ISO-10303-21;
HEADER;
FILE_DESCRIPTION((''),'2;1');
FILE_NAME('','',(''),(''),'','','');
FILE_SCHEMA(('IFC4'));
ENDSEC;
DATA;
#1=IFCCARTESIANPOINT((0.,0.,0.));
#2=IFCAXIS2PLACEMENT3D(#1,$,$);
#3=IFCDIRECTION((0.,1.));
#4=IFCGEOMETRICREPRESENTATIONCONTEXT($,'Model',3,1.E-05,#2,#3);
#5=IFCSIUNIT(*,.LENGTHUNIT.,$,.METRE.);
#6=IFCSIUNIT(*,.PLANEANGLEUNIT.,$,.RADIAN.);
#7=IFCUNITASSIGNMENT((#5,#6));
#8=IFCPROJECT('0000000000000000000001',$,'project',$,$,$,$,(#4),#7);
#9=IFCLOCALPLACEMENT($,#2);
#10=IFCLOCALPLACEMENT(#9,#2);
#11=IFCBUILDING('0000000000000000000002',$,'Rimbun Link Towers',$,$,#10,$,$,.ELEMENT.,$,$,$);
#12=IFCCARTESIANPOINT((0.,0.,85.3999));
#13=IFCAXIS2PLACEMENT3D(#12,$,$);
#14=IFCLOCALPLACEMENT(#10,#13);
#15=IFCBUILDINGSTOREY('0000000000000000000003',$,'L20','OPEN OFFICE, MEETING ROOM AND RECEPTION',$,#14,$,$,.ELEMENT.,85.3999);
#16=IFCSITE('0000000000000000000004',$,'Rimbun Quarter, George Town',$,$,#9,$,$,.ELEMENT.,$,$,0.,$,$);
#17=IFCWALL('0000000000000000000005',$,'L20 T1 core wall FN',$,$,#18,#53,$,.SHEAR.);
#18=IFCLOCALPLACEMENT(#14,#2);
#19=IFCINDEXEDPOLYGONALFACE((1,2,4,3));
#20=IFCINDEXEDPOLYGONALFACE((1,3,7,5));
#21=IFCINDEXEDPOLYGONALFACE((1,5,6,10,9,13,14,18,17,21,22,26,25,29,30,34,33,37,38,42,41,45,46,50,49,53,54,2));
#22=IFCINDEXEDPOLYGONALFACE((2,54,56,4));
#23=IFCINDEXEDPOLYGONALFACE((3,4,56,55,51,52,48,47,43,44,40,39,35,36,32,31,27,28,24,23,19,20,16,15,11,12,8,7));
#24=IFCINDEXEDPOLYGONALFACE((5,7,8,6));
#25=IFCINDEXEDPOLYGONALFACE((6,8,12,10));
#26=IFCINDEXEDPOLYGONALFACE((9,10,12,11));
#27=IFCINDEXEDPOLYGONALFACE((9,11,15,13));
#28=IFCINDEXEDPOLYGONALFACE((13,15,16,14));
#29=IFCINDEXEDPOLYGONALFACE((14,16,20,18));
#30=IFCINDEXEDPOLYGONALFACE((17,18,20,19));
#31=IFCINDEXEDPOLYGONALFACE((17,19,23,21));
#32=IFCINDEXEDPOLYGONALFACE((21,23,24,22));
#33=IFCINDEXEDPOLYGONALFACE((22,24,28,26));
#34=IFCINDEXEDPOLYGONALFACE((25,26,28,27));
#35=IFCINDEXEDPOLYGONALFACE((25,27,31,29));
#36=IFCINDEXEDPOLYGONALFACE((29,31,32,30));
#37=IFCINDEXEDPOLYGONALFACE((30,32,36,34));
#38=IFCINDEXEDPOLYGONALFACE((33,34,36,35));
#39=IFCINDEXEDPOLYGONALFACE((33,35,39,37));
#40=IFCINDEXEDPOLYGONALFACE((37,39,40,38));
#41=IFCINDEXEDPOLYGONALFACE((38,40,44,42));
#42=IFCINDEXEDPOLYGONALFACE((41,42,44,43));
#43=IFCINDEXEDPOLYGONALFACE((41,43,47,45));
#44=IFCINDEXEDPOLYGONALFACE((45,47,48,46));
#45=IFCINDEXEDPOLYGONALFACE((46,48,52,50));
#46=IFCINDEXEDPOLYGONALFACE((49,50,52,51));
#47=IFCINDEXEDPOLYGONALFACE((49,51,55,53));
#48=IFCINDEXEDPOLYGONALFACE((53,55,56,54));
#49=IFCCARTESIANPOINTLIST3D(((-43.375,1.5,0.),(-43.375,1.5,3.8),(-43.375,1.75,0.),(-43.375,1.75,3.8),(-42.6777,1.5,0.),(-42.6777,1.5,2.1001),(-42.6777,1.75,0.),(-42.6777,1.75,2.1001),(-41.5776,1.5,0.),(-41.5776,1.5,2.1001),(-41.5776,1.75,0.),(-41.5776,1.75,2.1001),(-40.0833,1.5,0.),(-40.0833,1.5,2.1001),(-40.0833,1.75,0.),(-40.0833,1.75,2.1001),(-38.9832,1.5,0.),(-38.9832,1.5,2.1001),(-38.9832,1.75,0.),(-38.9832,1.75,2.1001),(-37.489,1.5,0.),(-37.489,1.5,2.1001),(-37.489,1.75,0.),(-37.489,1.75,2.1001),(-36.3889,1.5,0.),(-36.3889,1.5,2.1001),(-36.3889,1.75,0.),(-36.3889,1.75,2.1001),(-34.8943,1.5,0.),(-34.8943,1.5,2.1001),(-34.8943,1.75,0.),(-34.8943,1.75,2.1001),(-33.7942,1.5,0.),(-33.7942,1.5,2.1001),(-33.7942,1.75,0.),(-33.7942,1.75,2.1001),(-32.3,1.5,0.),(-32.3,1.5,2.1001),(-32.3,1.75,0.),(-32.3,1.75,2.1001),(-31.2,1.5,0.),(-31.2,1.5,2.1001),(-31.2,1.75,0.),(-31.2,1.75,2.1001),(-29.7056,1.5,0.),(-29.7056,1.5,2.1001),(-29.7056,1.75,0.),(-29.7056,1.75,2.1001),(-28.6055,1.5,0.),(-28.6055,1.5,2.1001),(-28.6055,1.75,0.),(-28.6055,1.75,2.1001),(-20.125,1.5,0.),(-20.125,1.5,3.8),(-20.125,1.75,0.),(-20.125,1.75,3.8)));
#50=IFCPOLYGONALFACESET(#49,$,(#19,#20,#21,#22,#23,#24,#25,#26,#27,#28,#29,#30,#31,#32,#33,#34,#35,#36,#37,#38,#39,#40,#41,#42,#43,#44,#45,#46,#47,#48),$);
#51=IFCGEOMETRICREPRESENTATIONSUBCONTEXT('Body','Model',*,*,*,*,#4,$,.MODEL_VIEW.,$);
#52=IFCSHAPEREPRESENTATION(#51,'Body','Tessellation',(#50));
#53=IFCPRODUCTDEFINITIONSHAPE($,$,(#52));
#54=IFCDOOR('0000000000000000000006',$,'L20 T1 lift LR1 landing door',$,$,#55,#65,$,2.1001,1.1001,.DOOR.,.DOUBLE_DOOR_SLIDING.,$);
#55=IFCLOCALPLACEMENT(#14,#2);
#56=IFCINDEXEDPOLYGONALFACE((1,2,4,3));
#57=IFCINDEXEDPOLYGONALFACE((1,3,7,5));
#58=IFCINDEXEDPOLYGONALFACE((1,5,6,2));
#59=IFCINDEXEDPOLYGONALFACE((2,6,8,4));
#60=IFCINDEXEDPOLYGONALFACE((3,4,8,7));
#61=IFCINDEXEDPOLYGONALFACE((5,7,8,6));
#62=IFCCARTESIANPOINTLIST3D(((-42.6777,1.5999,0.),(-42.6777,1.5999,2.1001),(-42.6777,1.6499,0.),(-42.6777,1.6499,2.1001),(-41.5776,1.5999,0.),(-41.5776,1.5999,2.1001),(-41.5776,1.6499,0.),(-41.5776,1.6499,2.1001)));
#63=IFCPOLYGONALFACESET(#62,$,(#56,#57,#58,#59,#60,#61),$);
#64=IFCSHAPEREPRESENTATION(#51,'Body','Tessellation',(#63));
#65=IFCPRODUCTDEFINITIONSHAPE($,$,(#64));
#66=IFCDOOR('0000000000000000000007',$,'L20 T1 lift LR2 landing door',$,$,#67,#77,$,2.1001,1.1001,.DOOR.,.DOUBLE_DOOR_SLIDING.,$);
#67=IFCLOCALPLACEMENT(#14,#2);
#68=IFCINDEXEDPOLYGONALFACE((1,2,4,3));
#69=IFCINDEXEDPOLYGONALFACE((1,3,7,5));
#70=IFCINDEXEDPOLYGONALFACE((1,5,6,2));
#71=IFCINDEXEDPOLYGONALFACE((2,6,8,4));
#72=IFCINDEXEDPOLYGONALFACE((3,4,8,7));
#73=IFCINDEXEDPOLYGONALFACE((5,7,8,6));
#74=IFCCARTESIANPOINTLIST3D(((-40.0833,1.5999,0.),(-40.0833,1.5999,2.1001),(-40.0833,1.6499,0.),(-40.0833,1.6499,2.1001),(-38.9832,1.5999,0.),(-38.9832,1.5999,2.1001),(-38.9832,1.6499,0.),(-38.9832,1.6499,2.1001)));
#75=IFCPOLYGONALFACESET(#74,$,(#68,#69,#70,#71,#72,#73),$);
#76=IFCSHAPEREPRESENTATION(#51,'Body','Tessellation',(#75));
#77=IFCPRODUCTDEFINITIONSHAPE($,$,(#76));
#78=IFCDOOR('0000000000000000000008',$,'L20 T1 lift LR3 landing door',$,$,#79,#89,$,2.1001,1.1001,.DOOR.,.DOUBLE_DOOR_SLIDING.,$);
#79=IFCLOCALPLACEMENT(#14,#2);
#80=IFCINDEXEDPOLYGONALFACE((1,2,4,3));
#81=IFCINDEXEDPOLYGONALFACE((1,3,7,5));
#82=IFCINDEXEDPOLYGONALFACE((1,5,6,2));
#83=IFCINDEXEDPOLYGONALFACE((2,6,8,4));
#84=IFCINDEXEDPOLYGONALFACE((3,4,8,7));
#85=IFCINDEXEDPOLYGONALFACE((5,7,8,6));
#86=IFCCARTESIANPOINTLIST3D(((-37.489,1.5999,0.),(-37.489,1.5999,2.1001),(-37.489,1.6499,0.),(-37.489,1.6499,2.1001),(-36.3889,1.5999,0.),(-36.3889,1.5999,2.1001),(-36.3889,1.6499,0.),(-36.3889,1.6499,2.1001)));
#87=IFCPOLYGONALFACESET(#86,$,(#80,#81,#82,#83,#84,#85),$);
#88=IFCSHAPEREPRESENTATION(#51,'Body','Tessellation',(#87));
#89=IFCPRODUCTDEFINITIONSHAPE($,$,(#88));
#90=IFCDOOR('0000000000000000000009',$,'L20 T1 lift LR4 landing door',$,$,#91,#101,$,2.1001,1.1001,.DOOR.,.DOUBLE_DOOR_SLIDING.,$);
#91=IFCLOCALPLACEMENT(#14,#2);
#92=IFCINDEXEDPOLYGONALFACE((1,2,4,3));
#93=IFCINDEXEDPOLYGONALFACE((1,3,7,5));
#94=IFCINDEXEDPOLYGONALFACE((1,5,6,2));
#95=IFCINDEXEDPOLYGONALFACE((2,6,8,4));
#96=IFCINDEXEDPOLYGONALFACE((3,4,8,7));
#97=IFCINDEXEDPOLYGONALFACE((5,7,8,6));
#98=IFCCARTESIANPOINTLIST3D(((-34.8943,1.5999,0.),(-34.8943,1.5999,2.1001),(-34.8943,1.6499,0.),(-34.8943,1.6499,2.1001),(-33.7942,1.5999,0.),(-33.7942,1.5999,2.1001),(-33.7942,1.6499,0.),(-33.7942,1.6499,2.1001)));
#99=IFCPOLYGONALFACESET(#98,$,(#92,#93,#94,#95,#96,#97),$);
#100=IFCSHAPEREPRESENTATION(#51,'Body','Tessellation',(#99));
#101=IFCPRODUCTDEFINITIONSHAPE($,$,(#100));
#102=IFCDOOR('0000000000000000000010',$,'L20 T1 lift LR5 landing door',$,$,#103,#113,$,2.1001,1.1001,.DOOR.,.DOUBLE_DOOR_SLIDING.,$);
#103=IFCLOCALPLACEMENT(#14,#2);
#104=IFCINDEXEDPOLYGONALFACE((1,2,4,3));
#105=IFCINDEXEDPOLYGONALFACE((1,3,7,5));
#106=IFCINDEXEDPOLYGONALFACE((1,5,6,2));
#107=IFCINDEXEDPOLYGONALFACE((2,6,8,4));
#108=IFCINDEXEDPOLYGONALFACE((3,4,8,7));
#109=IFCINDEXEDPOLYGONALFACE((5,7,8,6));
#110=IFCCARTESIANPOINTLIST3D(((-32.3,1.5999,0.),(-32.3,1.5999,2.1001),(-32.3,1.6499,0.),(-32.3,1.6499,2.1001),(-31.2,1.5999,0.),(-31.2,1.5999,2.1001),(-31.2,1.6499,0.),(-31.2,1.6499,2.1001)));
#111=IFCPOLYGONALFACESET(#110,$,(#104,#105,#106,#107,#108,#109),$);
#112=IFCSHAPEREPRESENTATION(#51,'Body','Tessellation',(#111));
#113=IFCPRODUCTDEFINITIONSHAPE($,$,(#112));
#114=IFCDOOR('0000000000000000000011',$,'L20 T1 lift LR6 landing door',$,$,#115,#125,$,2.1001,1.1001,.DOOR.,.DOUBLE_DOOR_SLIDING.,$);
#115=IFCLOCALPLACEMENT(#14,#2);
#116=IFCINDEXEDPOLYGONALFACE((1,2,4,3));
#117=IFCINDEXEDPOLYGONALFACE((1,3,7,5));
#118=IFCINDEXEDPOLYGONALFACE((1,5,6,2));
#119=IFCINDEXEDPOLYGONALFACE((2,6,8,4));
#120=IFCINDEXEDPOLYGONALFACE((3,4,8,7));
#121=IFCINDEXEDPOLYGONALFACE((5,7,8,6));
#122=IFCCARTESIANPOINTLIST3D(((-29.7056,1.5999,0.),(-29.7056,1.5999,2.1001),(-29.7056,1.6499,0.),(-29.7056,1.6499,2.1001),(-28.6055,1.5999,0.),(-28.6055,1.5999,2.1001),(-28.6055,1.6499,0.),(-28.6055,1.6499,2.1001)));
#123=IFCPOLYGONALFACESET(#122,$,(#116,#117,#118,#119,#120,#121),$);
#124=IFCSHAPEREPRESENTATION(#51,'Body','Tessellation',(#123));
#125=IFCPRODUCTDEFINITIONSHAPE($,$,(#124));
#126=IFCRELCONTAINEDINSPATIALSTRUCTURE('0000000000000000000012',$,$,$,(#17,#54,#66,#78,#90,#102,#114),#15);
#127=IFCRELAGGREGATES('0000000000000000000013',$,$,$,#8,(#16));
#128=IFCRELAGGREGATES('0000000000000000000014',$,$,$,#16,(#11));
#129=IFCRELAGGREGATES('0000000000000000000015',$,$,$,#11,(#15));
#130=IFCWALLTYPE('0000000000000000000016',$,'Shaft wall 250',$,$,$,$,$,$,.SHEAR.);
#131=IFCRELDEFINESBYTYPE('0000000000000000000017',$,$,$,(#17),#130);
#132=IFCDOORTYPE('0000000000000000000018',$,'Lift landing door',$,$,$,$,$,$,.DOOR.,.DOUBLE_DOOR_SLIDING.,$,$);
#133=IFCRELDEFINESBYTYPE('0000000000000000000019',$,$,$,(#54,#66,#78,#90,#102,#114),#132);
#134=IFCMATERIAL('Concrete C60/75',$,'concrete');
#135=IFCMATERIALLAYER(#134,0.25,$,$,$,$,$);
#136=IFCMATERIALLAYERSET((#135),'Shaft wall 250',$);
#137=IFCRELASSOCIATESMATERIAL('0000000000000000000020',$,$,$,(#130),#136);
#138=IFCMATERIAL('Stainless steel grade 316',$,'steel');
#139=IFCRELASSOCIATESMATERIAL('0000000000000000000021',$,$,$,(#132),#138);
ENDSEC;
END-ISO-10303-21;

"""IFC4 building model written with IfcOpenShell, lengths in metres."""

from ifc_helpers import new_model, si_unit, direction, frame, frame_2d, origin, place, context, subcontext, project, spatial, rectangle, extrude, material, layer, layer_set, type_object, element, fill, save


model = new_model("IFC4")

# Units and contexts
model_context = context("Model", 3, precision=1e-05, world=origin(), true_north=direction((0.0, 1.0)))
body_context = subcontext(model_context, "Body", "Model", "MODEL_VIEW")
ifc_project = project(units=[si_unit("LENGTHUNIT", "METRE"), si_unit("PLANEANGLEUNIT", "RADIAN")], contexts=[model_context])

# Site, building, storey
site_placement = place(None, origin())
site = spatial("IfcSite", under=ifc_project, at=site_placement, Name="Rimbun Quarter, George Town", CompositionType="ELEMENT", RefElevation=0.0)
building_placement = place(site_placement, origin())
building = spatial("IfcBuilding", under=site, at=building_placement, Name="Rimbun Link Towers", CompositionType="ELEMENT")
storey_placement = place(building_placement, frame((0.0, 0.0, 85.3999)))
storey = spatial("IfcBuildingStorey", under=building, at=storey_placement, Name="L20", Description="OPEN OFFICE, MEETING ROOM AND RECEPTION", CompositionType="ELEMENT", Elevation=85.3999)

# Shared definitions
ifc_material_1 = material(Name="Concrete C60/75", Category="concrete")
ifc_layer_1 = layer(ifc_material_1, 0.25)
ifc_layer_set_1 = layer_set([ifc_layer_1], Name="Shaft wall 250")
wall_type_1 = type_object("IfcWallType", Name="Shaft wall 250", PredefinedType="SHEAR", material=ifc_layer_set_1)

# Wall, openings, doors
wall_1_placement = place(storey_placement, frame((-43.375, 1.625, 0.0), z_axis=(0.0, 0.0, 1.0), x_axis=(1.0, 0.0, 0.0)))
wall_1 = element("IfcWall", 1, at=wall_1_placement, inside=storey, type_object=wall_type_1, Name="L20 T1 core wall FN", PredefinedType="SHEAR", context=body_context, shape_type="SweptSolid", body=[
    extrude(rectangle(XDim=23.25, YDim=0.25, at=frame_2d((11.625, 0.0))), origin(), (0.0, 0.0, 1.0), 3.8),
])
opening_1_placement = place(wall_1_placement, frame((0.6973, 0.0, 0.0)))
opening_1 = element("IfcOpeningElement", 2, at=opening_1_placement, cuts=wall_1, PredefinedType="OPENING", context=body_context, shape_type="SweptSolid", body=[
    extrude(rectangle(XDim=1.1001, YDim=2.1001, at=frame_2d((0.55, 1.05))), frame((0.0, 0.135, 0.0), z_axis=(0.0, -1.0, 0.0), x_axis=(1.0, 0.0, 0.0)), (0.0, 0.0, 1.0), 0.27),
])
opening_2_placement = place(wall_1_placement, frame((3.2917, 0.0, 0.0)))
opening_2 = element("IfcOpeningElement", 3, at=opening_2_placement, cuts=wall_1, PredefinedType="OPENING", context=body_context, shape_type="SweptSolid", body=[
    extrude(rectangle(XDim=1.1001, YDim=2.1001, at=frame_2d((0.55, 1.05))), frame((0.0, 0.135, 0.0), z_axis=(0.0, -1.0, 0.0), x_axis=(1.0, 0.0, 0.0)), (0.0, 0.0, 1.0), 0.27),
])
opening_3_placement = place(wall_1_placement, frame((5.886, 0.0, 0.0)))
opening_3 = element("IfcOpeningElement", 4, at=opening_3_placement, cuts=wall_1, PredefinedType="OPENING", context=body_context, shape_type="SweptSolid", body=[
    extrude(rectangle(XDim=1.1001, YDim=2.1001, at=frame_2d((0.55, 1.05))), frame((0.0, 0.135, 0.0), z_axis=(0.0, -1.0, 0.0), x_axis=(1.0, 0.0, 0.0)), (0.0, 0.0, 1.0), 0.27),
])
opening_4_placement = place(wall_1_placement, frame((8.4807, 0.0, 0.0)))
opening_4 = element("IfcOpeningElement", 5, at=opening_4_placement, cuts=wall_1, PredefinedType="OPENING", context=body_context, shape_type="SweptSolid", body=[
    extrude(rectangle(XDim=1.1001, YDim=2.1001, at=frame_2d((0.55, 1.05))), frame((0.0, 0.135, 0.0), z_axis=(0.0, -1.0, 0.0), x_axis=(1.0, 0.0, 0.0)), (0.0, 0.0, 1.0), 0.27),
])
opening_5_placement = place(wall_1_placement, frame((11.075, 0.0, 0.0)))
opening_5 = element("IfcOpeningElement", 6, at=opening_5_placement, cuts=wall_1, PredefinedType="OPENING", context=body_context, shape_type="SweptSolid", body=[
    extrude(rectangle(XDim=1.1001, YDim=2.1001, at=frame_2d((0.55, 1.05))), frame((0.0, 0.135, 0.0), z_axis=(0.0, -1.0, 0.0), x_axis=(1.0, 0.0, 0.0)), (0.0, 0.0, 1.0), 0.27),
])
opening_6_placement = place(wall_1_placement, frame((13.6694, 0.0, 0.0)))
opening_6 = element("IfcOpeningElement", 7, at=opening_6_placement, cuts=wall_1, PredefinedType="OPENING", context=body_context, shape_type="SweptSolid", body=[
    extrude(rectangle(XDim=1.1001, YDim=2.1001, at=frame_2d((0.55, 1.05))), frame((0.0, 0.135, 0.0), z_axis=(0.0, -1.0, 0.0), x_axis=(1.0, 0.0, 0.0)), (0.0, 0.0, 1.0), 0.27),
])
ifc_material_2 = material(Name="Stainless steel grade 316", Category="steel")
door_type_1 = type_object("IfcDoorType", Name="Lift landing door", OperationType="DOUBLE_DOOR_SLIDING", PredefinedType="DOOR", material=ifc_material_2)
door_1_placement = place(opening_1_placement, origin())
door_1 = element("IfcDoor", 8, at=door_1_placement, inside=storey, type_object=door_type_1, Name="L20 T1 lift LR1 landing door", OperationType="DOUBLE_DOOR_SLIDING", OverallHeight=2.1001, OverallWidth=1.1001, PredefinedType="DOOR", context=body_context, shape_type="SweptSolid", body=[
    extrude(rectangle(XDim=1.1001, YDim=2.1001, at=frame_2d((0.55, 1.05))), frame((0.0, 0.0249, 0.0), z_axis=(0.0, -1.0, 0.0), x_axis=(1.0, 0.0, 0.0)), (0.0, 0.0, 1.0), 0.05),
])
fill(opening_1, door_1)
door_2_placement = place(opening_2_placement, origin())
door_2 = element("IfcDoor", 9, at=door_2_placement, inside=storey, type_object=door_type_1, Name="L20 T1 lift LR2 landing door", OperationType="DOUBLE_DOOR_SLIDING", OverallHeight=2.1001, OverallWidth=1.1001, PredefinedType="DOOR", context=body_context, shape_type="SweptSolid", body=[
    extrude(rectangle(XDim=1.1001, YDim=2.1001, at=frame_2d((0.55, 1.05))), frame((0.0, 0.0249, 0.0), z_axis=(0.0, -1.0, 0.0), x_axis=(1.0, 0.0, 0.0)), (0.0, 0.0, 1.0), 0.05),
])
fill(opening_2, door_2)
door_3_placement = place(opening_3_placement, origin())
door_3 = element("IfcDoor", 10, at=door_3_placement, inside=storey, type_object=door_type_1, Name="L20 T1 lift LR3 landing door", OperationType="DOUBLE_DOOR_SLIDING", OverallHeight=2.1001, OverallWidth=1.1001, PredefinedType="DOOR", context=body_context, shape_type="SweptSolid", body=[
    extrude(rectangle(XDim=1.1001, YDim=2.1001, at=frame_2d((0.55, 1.05))), frame((0.0, 0.0249, 0.0), z_axis=(0.0, -1.0, 0.0), x_axis=(1.0, 0.0, 0.0)), (0.0, 0.0, 1.0), 0.05),
])
fill(opening_3, door_3)
door_4_placement = place(opening_4_placement, origin())
door_4 = element("IfcDoor", 11, at=door_4_placement, inside=storey, type_object=door_type_1, Name="L20 T1 lift LR4 landing door", OperationType="DOUBLE_DOOR_SLIDING", OverallHeight=2.1001, OverallWidth=1.1001, PredefinedType="DOOR", context=body_context, shape_type="SweptSolid", body=[
    extrude(rectangle(XDim=1.1001, YDim=2.1001, at=frame_2d((0.55, 1.05))), frame((0.0, 0.0249, 0.0), z_axis=(0.0, -1.0, 0.0), x_axis=(1.0, 0.0, 0.0)), (0.0, 0.0, 1.0), 0.05),
])
fill(opening_4, door_4)
door_5_placement = place(opening_5_placement, origin())
door_5 = element("IfcDoor", 12, at=door_5_placement, inside=storey, type_object=door_type_1, Name="L20 T1 lift LR5 landing door", OperationType="DOUBLE_DOOR_SLIDING", OverallHeight=2.1001, OverallWidth=1.1001, PredefinedType="DOOR", context=body_context, shape_type="SweptSolid", body=[
    extrude(rectangle(XDim=1.1001, YDim=2.1001, at=frame_2d((0.55, 1.05))), frame((0.0, 0.0249, 0.0), z_axis=(0.0, -1.0, 0.0), x_axis=(1.0, 0.0, 0.0)), (0.0, 0.0, 1.0), 0.05),
])
fill(opening_5, door_5)
door_6_placement = place(opening_6_placement, origin())
door_6 = element("IfcDoor", 13, at=door_6_placement, inside=storey, type_object=door_type_1, Name="L20 T1 lift LR6 landing door", OperationType="DOUBLE_DOOR_SLIDING", OverallHeight=2.1001, OverallWidth=1.1001, PredefinedType="DOOR", context=body_context, shape_type="SweptSolid", body=[
    extrude(rectangle(XDim=1.1001, YDim=2.1001, at=frame_2d((0.55, 1.05))), frame((0.0, 0.0249, 0.0), z_axis=(0.0, -1.0, 0.0), x_axis=(1.0, 0.0, 0.0)), (0.0, 0.0, 1.0), 0.05),
])
fill(opening_6, door_6)

save(model, "model.ifc")
